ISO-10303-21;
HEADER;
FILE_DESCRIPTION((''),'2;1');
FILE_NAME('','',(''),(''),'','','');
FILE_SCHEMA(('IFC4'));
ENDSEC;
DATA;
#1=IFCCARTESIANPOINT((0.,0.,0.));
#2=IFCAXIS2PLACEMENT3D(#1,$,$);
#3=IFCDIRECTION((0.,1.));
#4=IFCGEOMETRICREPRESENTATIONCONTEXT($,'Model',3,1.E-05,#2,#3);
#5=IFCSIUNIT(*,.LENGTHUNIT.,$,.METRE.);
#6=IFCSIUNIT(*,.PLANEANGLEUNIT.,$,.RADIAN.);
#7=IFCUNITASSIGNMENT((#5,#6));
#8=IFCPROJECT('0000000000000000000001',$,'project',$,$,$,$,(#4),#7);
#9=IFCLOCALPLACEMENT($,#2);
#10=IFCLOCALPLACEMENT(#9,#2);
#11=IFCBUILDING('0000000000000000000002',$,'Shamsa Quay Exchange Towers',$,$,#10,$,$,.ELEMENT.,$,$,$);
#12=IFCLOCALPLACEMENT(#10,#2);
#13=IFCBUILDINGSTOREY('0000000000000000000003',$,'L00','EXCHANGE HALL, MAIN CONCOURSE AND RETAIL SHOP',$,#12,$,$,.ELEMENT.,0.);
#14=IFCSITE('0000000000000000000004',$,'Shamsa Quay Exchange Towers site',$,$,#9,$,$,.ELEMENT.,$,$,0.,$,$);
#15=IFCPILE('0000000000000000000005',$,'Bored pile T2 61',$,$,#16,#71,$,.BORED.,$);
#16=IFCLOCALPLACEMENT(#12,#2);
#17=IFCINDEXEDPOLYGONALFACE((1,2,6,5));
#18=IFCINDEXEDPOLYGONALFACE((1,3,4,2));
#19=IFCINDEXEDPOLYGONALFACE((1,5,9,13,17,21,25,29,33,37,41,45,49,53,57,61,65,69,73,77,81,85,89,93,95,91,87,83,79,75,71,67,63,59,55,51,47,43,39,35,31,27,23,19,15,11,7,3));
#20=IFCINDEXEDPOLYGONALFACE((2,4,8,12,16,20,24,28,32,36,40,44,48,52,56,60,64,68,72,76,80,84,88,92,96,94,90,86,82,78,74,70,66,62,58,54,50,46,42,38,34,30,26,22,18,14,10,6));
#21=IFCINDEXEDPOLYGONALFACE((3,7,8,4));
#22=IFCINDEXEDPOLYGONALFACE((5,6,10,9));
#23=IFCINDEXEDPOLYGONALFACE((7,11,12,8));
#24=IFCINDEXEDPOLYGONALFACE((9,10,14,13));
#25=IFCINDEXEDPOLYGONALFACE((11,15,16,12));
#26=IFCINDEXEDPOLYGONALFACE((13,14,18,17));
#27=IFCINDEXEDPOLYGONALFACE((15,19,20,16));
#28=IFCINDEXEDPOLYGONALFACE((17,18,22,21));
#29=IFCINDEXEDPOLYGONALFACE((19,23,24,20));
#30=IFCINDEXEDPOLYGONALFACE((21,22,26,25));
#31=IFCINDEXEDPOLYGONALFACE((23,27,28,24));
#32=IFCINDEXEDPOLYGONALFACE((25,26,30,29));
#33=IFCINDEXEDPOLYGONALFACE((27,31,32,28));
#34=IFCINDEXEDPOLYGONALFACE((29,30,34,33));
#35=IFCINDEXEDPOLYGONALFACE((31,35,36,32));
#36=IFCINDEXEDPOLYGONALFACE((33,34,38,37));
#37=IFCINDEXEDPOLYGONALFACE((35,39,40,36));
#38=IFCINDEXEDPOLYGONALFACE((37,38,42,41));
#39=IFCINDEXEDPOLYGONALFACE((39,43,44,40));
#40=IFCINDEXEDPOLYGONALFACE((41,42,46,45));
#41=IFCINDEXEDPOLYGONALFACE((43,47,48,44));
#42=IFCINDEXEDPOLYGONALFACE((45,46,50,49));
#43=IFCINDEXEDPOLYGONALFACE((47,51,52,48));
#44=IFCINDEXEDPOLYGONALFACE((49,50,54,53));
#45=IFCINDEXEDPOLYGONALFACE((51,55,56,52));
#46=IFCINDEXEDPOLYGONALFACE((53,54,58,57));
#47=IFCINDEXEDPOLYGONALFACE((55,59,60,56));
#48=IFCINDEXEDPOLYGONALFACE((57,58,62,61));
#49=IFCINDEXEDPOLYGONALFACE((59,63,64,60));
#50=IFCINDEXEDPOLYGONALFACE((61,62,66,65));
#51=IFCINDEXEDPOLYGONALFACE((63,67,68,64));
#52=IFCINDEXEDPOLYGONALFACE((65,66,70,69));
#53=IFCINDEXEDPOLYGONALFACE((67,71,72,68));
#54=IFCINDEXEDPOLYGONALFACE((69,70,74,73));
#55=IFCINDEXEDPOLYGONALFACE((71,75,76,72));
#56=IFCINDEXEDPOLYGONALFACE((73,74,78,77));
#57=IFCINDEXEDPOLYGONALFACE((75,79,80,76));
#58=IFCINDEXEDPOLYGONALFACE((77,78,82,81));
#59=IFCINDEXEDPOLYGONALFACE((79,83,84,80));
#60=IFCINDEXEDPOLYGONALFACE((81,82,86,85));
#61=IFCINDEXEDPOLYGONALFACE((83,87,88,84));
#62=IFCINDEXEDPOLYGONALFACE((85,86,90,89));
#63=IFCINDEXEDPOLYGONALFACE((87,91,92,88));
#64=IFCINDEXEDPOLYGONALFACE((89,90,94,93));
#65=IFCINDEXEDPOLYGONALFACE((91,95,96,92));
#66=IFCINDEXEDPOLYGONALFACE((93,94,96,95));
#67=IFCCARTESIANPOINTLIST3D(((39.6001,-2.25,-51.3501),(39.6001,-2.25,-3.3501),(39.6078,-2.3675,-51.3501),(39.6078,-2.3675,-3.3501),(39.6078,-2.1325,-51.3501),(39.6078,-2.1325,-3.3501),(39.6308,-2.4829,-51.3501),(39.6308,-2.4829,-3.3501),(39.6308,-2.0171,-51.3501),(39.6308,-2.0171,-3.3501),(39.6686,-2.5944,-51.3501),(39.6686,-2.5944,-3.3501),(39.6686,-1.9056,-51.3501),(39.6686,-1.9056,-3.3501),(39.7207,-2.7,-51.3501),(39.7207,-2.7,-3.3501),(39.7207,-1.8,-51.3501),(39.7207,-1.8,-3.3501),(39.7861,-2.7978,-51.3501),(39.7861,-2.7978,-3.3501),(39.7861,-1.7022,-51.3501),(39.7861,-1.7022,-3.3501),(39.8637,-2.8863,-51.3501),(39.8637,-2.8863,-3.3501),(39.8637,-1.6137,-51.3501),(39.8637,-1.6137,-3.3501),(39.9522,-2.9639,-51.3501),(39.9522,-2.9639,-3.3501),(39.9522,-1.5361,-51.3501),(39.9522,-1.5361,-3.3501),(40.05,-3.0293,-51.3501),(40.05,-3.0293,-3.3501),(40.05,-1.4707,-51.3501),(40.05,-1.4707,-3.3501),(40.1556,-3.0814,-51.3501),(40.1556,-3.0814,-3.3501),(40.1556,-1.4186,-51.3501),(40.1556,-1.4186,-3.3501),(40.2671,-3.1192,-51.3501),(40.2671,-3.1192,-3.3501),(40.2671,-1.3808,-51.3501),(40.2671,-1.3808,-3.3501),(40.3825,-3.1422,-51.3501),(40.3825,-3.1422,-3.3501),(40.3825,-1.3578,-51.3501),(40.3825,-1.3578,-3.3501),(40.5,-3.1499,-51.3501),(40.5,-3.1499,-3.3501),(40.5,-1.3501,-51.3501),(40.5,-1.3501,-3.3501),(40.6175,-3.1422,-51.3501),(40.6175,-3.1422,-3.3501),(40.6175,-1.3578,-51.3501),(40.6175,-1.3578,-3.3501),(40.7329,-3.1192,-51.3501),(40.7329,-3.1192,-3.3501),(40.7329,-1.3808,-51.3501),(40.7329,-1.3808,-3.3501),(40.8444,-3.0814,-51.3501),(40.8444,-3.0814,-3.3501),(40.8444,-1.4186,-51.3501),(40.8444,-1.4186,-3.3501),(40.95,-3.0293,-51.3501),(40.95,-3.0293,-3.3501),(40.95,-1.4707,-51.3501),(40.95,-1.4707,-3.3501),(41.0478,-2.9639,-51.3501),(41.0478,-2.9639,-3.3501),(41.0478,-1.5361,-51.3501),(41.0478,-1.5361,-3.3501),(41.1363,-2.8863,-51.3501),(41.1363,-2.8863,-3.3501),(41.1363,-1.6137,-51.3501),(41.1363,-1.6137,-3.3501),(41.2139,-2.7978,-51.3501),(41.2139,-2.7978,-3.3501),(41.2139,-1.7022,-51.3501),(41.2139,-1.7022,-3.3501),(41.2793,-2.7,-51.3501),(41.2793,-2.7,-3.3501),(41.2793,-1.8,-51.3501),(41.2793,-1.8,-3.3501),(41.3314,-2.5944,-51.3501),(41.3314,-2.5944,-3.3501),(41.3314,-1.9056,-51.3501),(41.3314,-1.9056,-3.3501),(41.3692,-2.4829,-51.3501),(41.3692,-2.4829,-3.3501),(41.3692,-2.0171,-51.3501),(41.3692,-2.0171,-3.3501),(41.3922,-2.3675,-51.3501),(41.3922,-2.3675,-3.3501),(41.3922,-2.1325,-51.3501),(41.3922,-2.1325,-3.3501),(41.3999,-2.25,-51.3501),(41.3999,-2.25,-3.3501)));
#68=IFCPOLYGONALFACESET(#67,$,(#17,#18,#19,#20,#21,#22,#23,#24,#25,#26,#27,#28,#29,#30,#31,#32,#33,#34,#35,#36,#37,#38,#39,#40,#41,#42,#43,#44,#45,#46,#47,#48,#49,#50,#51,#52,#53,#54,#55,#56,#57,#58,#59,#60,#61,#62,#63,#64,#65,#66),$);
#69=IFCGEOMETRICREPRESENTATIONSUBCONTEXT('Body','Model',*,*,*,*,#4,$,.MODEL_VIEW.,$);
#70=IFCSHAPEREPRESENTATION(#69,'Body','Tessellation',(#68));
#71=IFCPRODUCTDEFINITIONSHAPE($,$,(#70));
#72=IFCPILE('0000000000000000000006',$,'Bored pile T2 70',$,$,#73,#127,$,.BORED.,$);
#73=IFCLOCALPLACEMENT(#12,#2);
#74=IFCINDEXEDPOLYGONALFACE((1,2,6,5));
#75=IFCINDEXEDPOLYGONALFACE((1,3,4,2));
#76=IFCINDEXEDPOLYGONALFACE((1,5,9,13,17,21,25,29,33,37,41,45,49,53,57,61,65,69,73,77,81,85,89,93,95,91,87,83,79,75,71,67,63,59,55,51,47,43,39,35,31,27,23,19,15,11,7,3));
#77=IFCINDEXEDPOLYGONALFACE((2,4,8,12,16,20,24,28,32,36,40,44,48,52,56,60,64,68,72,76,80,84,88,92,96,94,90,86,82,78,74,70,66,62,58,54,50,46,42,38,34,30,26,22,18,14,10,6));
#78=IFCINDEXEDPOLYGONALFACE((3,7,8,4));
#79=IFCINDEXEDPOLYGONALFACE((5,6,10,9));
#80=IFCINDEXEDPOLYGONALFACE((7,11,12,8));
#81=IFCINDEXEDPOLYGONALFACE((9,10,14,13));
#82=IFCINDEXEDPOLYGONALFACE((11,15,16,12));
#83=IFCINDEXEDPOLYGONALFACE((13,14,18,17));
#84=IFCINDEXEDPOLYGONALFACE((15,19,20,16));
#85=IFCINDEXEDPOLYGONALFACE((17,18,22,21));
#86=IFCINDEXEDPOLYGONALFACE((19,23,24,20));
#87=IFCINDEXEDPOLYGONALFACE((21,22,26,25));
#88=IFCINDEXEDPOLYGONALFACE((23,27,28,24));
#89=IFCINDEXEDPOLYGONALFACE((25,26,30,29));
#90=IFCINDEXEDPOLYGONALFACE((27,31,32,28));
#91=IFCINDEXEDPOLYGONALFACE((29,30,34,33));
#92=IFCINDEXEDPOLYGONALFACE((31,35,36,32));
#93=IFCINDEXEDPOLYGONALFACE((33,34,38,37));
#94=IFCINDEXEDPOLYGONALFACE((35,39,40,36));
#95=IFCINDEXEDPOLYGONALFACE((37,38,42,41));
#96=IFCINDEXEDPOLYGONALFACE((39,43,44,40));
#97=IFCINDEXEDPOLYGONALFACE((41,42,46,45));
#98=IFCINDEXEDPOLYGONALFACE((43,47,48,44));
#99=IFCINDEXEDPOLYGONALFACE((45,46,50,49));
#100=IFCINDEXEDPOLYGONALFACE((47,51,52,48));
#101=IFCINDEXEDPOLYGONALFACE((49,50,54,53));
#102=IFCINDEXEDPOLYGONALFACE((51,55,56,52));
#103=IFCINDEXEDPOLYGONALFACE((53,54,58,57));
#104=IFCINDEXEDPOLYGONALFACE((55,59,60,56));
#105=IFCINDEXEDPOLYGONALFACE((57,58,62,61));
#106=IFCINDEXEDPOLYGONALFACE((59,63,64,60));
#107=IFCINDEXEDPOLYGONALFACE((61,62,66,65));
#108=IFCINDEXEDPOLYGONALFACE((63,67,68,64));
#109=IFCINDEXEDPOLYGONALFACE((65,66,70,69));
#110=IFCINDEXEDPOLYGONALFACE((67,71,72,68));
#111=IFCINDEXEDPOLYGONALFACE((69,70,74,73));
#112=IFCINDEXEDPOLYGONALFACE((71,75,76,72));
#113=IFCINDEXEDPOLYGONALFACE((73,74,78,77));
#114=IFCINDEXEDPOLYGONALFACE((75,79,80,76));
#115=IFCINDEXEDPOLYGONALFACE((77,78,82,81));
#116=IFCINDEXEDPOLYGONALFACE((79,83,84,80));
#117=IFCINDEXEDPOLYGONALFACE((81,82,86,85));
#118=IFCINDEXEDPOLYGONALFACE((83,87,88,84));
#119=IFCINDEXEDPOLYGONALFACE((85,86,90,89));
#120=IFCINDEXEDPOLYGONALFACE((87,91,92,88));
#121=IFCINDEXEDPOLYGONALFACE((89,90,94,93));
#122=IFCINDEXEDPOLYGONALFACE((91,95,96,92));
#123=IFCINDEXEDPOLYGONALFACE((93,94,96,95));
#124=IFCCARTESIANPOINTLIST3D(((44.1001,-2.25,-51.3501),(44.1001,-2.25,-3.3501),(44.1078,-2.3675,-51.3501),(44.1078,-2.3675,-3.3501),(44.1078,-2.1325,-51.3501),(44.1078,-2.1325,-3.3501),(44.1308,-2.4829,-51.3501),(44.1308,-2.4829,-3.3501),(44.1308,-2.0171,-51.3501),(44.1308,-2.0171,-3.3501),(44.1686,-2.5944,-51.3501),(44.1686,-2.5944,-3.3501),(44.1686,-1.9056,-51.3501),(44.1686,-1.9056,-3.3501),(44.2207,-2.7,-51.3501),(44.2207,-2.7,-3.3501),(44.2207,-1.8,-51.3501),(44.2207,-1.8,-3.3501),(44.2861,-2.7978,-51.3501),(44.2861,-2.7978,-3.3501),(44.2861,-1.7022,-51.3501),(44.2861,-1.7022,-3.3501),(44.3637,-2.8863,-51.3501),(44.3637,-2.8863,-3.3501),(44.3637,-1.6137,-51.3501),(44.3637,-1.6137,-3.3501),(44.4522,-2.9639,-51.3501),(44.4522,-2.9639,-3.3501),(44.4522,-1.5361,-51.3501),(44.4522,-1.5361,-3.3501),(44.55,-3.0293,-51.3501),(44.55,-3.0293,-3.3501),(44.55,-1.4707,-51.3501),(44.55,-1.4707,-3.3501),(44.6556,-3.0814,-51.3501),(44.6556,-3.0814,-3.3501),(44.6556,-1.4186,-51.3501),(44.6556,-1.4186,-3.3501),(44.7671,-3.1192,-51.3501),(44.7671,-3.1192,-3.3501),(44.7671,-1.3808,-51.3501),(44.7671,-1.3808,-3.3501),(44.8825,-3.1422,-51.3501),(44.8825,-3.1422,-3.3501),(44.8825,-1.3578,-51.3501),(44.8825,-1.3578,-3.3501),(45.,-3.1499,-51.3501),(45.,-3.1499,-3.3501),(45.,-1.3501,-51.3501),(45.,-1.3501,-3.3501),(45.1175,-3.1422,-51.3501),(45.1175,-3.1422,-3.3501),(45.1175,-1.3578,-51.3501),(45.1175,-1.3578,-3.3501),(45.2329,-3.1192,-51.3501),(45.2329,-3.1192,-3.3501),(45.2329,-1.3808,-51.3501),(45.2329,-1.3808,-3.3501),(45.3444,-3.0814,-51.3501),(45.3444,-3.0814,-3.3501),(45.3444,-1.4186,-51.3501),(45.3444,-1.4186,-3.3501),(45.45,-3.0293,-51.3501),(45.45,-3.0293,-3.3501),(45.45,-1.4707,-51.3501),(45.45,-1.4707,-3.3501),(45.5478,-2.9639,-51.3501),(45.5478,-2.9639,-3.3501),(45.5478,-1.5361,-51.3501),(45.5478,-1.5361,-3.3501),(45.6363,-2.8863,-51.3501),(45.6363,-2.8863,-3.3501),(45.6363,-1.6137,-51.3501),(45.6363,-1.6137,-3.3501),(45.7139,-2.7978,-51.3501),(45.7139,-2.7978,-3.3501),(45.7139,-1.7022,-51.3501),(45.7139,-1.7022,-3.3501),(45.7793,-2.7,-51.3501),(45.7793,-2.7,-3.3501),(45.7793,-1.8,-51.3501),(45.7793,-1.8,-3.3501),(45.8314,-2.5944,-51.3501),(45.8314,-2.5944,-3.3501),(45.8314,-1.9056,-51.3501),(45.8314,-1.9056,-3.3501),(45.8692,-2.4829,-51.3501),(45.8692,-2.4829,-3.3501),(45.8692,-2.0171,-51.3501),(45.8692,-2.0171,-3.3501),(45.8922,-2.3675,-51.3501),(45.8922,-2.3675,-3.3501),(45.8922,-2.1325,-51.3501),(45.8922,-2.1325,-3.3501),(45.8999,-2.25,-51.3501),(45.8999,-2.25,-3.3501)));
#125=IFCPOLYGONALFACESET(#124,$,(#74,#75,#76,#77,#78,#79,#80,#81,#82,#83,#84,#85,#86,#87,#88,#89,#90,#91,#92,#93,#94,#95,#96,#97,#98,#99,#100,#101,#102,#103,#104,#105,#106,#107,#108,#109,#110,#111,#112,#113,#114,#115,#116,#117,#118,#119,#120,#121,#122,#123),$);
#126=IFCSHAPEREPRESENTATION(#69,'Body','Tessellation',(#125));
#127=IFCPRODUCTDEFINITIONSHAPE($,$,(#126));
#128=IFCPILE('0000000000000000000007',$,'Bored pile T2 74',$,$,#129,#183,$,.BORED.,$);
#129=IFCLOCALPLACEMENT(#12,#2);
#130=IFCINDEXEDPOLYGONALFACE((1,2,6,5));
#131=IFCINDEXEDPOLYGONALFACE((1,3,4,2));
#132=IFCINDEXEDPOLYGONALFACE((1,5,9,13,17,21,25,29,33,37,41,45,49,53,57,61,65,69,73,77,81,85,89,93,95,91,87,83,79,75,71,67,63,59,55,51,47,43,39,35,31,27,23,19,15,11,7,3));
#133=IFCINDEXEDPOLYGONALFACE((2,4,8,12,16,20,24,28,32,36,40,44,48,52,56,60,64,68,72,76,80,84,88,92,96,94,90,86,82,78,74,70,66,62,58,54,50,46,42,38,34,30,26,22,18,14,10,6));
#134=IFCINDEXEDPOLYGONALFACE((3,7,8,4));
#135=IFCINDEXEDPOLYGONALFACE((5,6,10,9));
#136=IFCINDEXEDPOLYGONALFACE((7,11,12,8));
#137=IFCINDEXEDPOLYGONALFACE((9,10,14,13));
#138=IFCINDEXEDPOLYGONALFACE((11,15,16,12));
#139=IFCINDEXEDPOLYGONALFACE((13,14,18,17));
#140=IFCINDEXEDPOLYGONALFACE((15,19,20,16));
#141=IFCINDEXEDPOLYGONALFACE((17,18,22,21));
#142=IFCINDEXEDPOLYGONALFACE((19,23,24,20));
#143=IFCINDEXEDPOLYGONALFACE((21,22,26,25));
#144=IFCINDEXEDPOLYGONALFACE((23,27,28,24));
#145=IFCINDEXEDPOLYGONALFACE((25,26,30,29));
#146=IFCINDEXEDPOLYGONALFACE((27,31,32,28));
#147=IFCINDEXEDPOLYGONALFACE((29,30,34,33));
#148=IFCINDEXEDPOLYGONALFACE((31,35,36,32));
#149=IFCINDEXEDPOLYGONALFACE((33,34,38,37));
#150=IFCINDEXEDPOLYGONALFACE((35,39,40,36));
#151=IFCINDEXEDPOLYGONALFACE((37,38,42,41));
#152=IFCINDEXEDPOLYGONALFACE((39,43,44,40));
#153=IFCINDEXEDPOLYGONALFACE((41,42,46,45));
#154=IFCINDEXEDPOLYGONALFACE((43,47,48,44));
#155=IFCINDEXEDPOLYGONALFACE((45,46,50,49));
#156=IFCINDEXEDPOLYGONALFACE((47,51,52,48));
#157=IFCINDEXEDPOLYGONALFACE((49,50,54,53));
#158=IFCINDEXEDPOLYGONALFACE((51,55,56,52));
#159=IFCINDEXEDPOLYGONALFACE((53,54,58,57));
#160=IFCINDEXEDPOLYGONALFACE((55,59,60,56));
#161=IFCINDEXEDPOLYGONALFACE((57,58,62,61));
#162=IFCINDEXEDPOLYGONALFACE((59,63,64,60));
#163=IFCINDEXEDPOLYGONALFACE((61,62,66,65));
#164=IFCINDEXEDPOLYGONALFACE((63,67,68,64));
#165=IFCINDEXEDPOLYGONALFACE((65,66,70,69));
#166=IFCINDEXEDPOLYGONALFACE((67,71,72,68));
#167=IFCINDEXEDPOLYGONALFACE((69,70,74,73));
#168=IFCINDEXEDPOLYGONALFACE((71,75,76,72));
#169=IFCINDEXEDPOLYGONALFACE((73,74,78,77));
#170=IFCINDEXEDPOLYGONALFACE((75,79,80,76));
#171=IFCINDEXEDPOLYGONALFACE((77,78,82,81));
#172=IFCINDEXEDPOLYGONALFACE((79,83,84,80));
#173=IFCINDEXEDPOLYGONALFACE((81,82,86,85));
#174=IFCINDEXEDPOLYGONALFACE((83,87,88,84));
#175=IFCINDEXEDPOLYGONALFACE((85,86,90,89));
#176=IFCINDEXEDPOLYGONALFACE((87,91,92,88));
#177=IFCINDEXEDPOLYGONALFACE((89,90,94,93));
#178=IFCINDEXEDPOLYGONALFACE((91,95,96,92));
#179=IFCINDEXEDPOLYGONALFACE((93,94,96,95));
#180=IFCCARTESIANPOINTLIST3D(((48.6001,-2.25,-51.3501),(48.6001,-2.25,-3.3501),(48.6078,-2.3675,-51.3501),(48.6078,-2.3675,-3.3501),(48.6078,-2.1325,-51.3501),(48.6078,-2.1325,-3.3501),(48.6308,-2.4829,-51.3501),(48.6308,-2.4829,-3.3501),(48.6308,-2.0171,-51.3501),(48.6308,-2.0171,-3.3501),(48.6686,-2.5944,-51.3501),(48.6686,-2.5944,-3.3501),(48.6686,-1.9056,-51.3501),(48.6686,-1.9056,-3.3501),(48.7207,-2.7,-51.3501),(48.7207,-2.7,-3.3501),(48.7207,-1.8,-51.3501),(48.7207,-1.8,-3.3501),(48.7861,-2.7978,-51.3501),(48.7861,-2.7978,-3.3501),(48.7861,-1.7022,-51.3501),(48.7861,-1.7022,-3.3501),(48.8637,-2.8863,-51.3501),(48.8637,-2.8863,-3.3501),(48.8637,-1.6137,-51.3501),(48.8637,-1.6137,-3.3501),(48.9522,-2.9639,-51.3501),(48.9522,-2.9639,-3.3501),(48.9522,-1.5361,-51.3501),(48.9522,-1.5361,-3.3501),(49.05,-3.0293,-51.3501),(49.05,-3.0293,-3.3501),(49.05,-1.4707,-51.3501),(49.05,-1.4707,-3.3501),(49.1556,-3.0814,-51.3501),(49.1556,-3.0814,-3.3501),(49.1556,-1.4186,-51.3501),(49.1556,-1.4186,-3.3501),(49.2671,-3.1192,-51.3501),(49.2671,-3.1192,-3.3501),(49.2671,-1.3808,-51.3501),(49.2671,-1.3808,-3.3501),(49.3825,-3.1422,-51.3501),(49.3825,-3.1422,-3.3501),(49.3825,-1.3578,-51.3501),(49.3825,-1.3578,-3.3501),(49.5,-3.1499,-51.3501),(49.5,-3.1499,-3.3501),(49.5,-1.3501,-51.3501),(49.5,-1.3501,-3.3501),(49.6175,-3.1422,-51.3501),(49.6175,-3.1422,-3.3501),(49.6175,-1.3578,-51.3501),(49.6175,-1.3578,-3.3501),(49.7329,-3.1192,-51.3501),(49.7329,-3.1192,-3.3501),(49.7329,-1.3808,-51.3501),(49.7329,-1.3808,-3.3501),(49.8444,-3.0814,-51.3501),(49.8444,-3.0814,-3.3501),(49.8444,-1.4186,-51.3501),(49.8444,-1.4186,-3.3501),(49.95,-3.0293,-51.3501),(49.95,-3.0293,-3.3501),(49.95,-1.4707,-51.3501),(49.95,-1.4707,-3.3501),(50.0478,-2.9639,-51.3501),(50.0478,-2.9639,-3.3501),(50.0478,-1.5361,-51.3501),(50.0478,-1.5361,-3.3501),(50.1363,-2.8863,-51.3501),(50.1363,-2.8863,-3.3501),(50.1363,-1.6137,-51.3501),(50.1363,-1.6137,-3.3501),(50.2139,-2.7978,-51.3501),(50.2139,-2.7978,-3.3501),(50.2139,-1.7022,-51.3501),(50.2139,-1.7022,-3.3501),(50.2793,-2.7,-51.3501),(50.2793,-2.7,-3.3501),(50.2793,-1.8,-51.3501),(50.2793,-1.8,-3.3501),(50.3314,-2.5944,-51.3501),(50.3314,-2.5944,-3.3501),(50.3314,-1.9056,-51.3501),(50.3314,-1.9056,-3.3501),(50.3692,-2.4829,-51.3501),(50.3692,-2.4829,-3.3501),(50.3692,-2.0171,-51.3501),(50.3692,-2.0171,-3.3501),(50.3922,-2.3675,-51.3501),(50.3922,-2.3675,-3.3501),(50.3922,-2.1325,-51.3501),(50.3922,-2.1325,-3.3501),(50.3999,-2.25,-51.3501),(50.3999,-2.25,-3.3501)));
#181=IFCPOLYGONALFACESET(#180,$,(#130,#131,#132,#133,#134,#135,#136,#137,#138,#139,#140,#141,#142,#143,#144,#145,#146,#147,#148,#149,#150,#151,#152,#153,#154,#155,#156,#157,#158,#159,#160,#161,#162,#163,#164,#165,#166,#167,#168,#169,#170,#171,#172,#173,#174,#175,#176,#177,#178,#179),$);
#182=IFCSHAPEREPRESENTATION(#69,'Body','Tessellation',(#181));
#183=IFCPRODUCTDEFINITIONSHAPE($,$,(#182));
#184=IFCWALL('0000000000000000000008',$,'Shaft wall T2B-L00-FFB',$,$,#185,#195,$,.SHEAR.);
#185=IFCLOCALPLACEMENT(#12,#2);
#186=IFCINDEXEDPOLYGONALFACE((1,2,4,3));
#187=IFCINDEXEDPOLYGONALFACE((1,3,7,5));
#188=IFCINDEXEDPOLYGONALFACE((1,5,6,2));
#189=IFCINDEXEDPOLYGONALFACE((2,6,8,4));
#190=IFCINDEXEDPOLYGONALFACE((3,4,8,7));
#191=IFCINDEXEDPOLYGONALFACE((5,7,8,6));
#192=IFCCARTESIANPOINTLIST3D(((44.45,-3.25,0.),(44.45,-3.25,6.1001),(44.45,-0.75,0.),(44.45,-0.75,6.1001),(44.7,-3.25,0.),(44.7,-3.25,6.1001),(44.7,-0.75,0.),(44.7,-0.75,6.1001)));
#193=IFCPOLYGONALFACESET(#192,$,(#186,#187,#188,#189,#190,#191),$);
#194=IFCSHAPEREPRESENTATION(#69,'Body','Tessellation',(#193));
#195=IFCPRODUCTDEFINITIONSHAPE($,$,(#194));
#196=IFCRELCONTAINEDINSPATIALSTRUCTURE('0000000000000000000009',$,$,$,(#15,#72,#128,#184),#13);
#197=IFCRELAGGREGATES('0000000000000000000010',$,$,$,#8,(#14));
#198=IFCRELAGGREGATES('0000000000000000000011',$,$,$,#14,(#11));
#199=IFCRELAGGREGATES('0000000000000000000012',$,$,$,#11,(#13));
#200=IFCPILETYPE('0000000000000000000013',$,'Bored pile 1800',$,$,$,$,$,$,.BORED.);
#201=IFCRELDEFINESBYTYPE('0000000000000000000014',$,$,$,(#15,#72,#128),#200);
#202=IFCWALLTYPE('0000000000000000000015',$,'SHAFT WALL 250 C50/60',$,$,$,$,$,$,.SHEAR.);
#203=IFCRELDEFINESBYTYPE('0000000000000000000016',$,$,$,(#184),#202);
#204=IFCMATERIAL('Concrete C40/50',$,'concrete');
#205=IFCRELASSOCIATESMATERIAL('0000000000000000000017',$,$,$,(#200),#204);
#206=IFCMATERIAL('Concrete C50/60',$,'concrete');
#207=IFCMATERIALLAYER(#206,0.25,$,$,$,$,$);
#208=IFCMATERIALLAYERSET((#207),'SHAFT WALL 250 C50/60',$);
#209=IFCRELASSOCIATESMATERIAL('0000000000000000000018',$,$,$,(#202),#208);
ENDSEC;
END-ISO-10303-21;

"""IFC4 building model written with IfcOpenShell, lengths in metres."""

from ifc_helpers import new_model, si_unit, direction, frame, frame_2d, origin, origin_2d, place, context, subcontext, project, spatial, rectangle, circle, extrude, material, layer, layer_set, material_profile, profile_set, type_object, element, save


model = new_model("IFC4")

# Units and contexts
model_context = context("Model", 3, precision=1e-05, world=origin(), true_north=direction((0.0, 1.0)))
body_context = subcontext(model_context, "Body", "Model", "MODEL_VIEW")
ifc_project = project(units=[si_unit("LENGTHUNIT", "METRE"), si_unit("PLANEANGLEUNIT", "RADIAN")], contexts=[model_context])

# Site, building, storey
site_placement = place(None, origin())
site = spatial("IfcSite", under=ifc_project, at=site_placement, Name="Shamsa Quay Exchange Towers site", CompositionType="ELEMENT", RefElevation=0.0)
building_placement = place(site_placement, origin())
building = spatial("IfcBuilding", under=site, at=building_placement, Name="Shamsa Quay Exchange Towers", CompositionType="ELEMENT")
storey_placement = place(building_placement, origin())
storey = spatial("IfcBuildingStorey", under=building, at=storey_placement, Name="L00", Description="EXCHANGE HALL, MAIN CONCOURSE AND RETAIL SHOP", CompositionType="ELEMENT", Elevation=0.0)

# Piles
ifc_material_1 = material(Name="Concrete C40/50", Category="concrete")
ifc_material_profile = material_profile(ifc_material_1, circle(Radius=0.8999, at=origin_2d()), Name="BP1800")
ifc_profile_set = profile_set([ifc_material_profile], Name="Concrete C40/50")
pile_type = type_object("IfcPileType", Name="Bored pile 1800", PredefinedType="BORED", material=ifc_profile_set)
for number, where, z_axis, x_axis, name in (
    (1, (40.5, -2.25, -3.3501), (0.0, 0.0, -1.0), (1.0, 0.0, 0.0), "Bored pile T2 61"),
    (2, (45.0, -2.25, -3.3501), (0.0, 0.0, -1.0), (1.0, 0.0, 0.0), "Bored pile T2 70"),
    (3, (49.5, -2.25, -3.3501), (0.0, 0.0, -1.0), (1.0, 0.0, 0.0), "Bored pile T2 74"),
):
    element("IfcPile", number, at=place(storey_placement, frame(where, z_axis=z_axis, x_axis=x_axis)), inside=storey, type_object=pile_type, Name=name, PredefinedType="BORED", context=body_context, shape_type="SweptSolid", body=[
        extrude(circle(Radius=0.8999, at=origin_2d()), origin(), (0.0, 0.0, 1.0), 48.0),
    ])

# Shared definitions
ifc_material_2 = material(Name="Concrete C50/60", Category="concrete")
ifc_layer = layer(ifc_material_2, 0.25)
ifc_layer_set = layer_set([ifc_layer], Name="SHAFT WALL 250 C50/60")
wall_type = type_object("IfcWallType", Name="SHAFT WALL 250 C50/60", PredefinedType="SHEAR", material=ifc_layer_set)

# Wall
wall_1_placement = place(storey_placement, frame((44.575, -3.25, 0.0), z_axis=(0.0, 0.0, 1.0), x_axis=(0.0, 1.0, 0.0)))
element("IfcWall", 4, at=wall_1_placement, inside=storey, type_object=wall_type, Name="Shaft wall T2B-L00-FFB", PredefinedType="SHEAR", context=body_context, shape_type="SweptSolid", body=[
    extrude(rectangle(XDim=2.5, YDim=0.25, at=frame_2d((1.25, 0.0))), origin(), (0.0, 0.0, 1.0), 6.1001),
])

save(model, "model.ifc")
